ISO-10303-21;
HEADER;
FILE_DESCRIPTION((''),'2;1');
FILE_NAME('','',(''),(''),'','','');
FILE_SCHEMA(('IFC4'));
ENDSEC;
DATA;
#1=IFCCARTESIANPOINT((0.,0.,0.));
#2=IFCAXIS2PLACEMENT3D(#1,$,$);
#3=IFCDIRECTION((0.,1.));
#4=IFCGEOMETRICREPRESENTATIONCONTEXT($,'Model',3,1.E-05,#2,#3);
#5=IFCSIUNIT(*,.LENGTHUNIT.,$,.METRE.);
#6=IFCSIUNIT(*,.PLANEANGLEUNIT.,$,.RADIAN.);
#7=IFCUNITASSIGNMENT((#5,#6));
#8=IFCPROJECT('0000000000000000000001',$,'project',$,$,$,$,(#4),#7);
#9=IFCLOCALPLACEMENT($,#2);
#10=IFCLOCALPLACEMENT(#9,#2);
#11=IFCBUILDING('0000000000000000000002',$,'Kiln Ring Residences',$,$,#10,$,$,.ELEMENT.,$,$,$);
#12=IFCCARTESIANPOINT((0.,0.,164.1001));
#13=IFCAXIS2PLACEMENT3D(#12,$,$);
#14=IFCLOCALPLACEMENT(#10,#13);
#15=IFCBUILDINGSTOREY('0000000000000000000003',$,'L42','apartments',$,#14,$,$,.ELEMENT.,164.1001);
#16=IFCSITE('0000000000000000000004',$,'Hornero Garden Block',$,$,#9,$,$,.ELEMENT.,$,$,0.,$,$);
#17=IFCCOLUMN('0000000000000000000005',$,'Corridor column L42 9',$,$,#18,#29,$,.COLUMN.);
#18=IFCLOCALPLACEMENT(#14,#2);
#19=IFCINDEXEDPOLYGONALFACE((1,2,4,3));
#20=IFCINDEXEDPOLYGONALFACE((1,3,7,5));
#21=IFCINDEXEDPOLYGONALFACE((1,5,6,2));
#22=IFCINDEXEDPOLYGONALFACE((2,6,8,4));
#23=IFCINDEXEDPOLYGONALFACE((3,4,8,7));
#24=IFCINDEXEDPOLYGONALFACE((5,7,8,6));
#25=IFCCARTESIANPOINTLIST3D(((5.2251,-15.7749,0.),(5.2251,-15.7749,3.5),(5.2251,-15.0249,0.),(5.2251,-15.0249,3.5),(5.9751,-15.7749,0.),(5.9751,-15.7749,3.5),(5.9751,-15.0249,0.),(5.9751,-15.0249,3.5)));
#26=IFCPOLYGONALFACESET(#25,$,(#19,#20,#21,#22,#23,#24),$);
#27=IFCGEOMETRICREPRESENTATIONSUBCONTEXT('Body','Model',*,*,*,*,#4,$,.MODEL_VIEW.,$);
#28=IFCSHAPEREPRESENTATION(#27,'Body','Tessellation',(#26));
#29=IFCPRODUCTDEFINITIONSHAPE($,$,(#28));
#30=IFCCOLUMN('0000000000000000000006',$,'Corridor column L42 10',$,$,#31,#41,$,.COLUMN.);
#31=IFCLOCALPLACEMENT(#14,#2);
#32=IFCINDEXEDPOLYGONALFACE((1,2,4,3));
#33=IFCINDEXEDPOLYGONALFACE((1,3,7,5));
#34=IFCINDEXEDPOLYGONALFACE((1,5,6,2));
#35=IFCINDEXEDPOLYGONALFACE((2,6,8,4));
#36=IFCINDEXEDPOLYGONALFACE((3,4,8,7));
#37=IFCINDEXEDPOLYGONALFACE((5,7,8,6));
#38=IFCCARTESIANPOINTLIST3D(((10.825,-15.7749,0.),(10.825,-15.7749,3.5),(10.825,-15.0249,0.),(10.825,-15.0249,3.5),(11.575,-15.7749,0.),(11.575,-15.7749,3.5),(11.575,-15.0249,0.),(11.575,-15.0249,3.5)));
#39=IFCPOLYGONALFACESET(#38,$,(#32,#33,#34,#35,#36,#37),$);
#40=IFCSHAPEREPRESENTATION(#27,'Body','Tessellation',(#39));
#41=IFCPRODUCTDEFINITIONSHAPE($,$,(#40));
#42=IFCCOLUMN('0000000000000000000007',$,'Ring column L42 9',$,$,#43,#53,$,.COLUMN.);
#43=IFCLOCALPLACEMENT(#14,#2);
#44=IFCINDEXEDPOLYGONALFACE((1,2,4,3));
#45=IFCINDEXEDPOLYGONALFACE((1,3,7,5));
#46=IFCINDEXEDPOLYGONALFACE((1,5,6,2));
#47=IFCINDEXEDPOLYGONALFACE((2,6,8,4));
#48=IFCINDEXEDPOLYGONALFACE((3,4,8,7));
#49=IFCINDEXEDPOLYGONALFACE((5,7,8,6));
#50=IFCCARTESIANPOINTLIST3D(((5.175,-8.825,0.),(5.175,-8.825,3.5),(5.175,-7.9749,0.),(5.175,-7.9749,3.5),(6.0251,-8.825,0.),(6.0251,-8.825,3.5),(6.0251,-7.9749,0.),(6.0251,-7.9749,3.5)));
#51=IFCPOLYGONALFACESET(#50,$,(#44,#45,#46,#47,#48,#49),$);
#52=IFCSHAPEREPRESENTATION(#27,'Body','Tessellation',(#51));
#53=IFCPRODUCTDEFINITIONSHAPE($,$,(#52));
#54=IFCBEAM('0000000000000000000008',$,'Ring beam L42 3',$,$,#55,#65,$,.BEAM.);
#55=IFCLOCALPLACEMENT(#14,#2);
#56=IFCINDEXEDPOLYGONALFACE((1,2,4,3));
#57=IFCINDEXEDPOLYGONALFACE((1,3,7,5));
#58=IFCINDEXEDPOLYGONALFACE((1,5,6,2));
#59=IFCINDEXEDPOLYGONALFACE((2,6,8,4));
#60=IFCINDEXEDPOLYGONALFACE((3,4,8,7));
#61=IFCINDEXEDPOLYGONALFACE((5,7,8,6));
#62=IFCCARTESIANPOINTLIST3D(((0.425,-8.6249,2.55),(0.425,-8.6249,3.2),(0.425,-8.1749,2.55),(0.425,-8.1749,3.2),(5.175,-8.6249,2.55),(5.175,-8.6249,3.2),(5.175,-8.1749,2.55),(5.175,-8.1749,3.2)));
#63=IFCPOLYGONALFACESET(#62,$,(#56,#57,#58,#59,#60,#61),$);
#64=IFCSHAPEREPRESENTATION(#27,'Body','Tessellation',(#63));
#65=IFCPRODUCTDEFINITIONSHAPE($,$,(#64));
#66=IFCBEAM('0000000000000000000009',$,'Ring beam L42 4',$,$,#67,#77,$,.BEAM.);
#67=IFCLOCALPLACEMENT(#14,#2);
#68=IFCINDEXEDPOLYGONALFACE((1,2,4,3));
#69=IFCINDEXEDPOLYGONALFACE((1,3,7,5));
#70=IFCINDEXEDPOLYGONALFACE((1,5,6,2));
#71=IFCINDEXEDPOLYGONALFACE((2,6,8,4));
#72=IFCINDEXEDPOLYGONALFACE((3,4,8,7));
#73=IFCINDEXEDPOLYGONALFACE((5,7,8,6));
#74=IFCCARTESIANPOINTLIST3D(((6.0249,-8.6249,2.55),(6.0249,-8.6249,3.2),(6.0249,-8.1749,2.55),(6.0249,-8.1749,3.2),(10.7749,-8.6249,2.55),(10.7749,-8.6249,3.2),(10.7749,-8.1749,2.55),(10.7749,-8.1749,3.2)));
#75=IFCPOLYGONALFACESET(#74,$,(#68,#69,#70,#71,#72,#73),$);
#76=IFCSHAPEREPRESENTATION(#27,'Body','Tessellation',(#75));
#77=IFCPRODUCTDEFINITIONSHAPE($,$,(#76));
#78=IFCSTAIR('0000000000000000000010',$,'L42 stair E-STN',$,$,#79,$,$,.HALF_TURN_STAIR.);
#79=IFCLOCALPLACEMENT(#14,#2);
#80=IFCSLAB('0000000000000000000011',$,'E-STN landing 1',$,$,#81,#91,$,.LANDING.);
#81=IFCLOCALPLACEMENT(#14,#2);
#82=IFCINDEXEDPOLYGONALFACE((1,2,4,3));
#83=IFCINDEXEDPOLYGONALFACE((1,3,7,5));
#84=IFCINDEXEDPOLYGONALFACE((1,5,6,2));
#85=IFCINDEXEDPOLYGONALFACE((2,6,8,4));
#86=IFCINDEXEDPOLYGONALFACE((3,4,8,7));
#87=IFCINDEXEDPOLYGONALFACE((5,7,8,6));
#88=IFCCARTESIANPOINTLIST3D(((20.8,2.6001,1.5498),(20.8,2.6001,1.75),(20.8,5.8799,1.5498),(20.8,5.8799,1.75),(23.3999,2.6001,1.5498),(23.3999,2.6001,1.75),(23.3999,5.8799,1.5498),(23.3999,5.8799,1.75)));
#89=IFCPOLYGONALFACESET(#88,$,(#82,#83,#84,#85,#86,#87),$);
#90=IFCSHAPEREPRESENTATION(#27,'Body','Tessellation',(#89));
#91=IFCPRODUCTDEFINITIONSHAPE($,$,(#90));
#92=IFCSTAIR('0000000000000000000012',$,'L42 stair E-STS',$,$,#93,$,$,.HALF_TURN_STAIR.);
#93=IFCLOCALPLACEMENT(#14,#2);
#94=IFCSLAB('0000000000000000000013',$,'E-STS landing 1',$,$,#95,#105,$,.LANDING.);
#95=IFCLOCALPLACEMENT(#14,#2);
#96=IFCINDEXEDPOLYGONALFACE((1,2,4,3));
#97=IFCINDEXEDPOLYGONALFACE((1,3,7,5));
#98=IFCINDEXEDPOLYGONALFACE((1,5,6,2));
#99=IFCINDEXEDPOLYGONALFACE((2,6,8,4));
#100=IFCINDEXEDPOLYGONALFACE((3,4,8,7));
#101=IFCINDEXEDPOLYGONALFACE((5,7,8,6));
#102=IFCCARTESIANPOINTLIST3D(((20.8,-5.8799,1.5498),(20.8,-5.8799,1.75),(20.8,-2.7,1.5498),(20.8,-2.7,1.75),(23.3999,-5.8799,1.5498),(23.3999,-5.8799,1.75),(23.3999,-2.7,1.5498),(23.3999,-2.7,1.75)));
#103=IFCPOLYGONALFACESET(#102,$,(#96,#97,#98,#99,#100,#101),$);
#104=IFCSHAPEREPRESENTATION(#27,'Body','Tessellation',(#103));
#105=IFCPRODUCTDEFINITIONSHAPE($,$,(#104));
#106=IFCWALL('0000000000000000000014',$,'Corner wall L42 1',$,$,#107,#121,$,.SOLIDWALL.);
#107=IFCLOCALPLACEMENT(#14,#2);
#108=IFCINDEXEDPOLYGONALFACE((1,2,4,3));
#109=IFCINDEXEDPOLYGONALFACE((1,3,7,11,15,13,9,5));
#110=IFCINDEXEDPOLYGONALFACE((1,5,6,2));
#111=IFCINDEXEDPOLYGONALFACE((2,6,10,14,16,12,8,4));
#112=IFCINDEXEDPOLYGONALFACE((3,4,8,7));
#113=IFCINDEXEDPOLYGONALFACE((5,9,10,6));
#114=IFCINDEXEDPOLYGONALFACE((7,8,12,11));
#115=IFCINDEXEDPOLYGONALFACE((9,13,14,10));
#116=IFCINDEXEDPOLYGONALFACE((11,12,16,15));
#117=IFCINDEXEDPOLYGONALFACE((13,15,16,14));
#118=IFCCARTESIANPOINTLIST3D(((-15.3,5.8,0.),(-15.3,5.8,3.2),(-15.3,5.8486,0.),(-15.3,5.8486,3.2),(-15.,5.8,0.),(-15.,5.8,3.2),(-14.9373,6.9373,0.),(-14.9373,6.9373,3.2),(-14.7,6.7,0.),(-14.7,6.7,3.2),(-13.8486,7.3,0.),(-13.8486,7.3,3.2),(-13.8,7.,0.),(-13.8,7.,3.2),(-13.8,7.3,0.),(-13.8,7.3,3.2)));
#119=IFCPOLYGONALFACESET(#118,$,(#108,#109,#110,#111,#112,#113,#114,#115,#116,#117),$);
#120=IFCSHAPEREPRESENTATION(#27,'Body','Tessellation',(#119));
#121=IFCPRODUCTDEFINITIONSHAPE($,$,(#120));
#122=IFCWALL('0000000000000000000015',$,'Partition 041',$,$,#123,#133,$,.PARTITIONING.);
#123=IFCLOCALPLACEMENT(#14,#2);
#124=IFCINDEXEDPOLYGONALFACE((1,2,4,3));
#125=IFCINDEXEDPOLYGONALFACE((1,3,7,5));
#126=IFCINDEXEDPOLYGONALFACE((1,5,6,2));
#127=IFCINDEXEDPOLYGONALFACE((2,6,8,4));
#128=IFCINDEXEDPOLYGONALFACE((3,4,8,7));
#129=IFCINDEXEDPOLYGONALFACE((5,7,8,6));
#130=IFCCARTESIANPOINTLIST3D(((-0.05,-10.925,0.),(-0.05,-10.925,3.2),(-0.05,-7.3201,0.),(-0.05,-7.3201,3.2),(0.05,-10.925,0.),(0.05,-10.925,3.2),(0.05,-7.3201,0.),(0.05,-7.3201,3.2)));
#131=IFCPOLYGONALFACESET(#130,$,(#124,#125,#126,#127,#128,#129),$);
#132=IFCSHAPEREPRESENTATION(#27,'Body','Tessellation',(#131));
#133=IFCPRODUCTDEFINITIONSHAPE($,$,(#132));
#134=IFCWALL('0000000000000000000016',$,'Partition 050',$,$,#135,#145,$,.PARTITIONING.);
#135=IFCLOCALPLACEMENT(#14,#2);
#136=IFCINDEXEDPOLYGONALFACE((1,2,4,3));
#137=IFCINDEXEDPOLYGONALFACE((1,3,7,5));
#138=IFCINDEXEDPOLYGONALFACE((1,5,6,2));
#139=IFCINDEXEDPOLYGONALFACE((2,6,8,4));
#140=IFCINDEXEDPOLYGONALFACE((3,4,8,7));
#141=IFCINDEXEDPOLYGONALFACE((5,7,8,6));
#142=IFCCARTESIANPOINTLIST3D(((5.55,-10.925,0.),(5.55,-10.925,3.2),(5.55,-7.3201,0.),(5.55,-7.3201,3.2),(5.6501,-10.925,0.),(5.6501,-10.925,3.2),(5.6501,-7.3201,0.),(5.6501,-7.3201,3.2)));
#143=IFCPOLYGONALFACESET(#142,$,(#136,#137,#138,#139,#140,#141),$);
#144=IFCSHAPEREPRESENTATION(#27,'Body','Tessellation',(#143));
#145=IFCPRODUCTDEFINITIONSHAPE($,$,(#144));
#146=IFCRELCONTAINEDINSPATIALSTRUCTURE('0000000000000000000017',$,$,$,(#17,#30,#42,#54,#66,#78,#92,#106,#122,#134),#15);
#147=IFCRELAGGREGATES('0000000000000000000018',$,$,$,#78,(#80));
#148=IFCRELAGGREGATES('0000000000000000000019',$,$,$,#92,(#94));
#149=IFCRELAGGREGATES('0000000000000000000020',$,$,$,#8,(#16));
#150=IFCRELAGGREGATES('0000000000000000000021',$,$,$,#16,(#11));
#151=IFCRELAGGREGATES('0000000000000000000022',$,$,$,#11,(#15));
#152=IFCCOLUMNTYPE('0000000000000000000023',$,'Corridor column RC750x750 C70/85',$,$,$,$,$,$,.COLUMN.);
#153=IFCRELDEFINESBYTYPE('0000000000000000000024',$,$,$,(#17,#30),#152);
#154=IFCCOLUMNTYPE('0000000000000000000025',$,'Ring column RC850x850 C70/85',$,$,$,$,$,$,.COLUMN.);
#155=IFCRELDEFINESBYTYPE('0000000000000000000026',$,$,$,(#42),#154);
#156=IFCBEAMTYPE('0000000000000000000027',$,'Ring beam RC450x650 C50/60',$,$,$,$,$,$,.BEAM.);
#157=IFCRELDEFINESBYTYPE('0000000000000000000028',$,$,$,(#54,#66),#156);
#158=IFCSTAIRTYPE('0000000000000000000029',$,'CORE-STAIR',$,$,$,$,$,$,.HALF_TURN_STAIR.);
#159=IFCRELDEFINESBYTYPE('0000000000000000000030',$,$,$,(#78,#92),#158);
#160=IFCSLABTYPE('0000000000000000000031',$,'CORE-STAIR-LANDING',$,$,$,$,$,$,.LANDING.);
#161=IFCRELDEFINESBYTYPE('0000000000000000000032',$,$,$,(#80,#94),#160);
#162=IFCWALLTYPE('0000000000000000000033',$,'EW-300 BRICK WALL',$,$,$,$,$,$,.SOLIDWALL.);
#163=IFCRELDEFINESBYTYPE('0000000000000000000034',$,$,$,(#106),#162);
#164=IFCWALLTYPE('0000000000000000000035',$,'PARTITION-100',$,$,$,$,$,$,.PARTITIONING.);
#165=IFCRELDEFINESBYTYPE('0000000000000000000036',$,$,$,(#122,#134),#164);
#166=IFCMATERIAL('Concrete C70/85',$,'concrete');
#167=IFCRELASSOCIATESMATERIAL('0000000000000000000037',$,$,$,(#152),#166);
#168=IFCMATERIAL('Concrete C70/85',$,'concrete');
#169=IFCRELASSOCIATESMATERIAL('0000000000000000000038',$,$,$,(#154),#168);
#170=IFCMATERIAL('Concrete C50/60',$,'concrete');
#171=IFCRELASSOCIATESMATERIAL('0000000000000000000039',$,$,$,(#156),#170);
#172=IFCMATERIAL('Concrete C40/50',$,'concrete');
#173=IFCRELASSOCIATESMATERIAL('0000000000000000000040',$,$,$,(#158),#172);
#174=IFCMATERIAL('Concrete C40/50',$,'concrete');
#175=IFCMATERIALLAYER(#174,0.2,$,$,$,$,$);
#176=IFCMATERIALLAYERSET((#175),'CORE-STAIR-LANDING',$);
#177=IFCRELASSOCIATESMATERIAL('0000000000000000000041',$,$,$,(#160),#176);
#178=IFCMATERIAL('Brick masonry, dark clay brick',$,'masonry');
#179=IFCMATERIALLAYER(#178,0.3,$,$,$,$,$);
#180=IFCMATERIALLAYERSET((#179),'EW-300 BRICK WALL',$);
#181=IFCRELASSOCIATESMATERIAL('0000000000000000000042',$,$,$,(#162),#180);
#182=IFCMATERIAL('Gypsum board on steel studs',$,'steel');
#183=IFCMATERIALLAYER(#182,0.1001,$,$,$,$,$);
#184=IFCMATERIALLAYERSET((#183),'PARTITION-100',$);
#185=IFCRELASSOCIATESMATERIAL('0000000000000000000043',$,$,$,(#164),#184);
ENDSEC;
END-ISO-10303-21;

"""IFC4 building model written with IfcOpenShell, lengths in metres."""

from ifc_helpers import new_model, si_unit, direction, frame, frame_2d, origin, origin_2d, place, context, subcontext, project, spatial, polyline, rectangle, outline, extrude, material, layer, layer_set, material_profile, profile_set, type_object, element, aggregate, save


model = new_model("IFC4")

# Units and contexts
model_context = context("Model", 3, precision=1e-05, world=origin(), true_north=direction((0.0, 1.0)))
body_context = subcontext(model_context, "Body", "Model", "MODEL_VIEW")
ifc_project = project(units=[si_unit("LENGTHUNIT", "METRE"), si_unit("PLANEANGLEUNIT", "RADIAN")], contexts=[model_context])

# Site, building, storey
site_placement = place(None, origin())
site = spatial("IfcSite", under=ifc_project, at=site_placement, Name="Hornero Garden Block", CompositionType="ELEMENT", RefElevation=0.0)
building_placement = place(site_placement, origin())
building = spatial("IfcBuilding", under=site, at=building_placement, Name="Kiln Ring Residences", CompositionType="ELEMENT")
storey_placement = place(building_placement, frame((0.0, 0.0, 164.1001)))
storey = spatial("IfcBuildingStorey", under=building, at=storey_placement, Name="L42", Description="apartments", CompositionType="ELEMENT", Elevation=164.1001)

# Columns
ifc_material_1 = material(Name="Concrete C70/85", Category="concrete")
ifc_material_profile_1 = material_profile(ifc_material_1, rectangle(XDim=0.75, YDim=0.75, at=origin_2d()), Name="RC750x750")
ifc_profile_set_1 = profile_set([ifc_material_profile_1], Name="Concrete C70/85")
column_type_1 = type_object("IfcColumnType", Name="Corridor column RC750x750 C70/85", PredefinedType="COLUMN", material=ifc_profile_set_1)
for number, where, z_axis, x_axis, name in (
    (1, (5.6001, -15.3999, 0.0), (0.0, 0.0, 1.0), (1.0, 0.0, 0.0), "Corridor column L42 9"),
    (2, (11.2, -15.3999, 0.0), (0.0, 0.0, 1.0), (1.0, 0.0, 0.0), "Corridor column L42 10"),
):
    element("IfcColumn", number, at=place(storey_placement, frame(where, z_axis=z_axis, x_axis=x_axis)), inside=storey, type_object=column_type_1, Name=name, PredefinedType="COLUMN", context=body_context, shape_type="SweptSolid", body=[
        extrude(rectangle(XDim=0.75, YDim=0.75, at=origin_2d()), origin(), (0.0, 0.0, 1.0), 3.5),
    ])
ifc_material_2 = material(Name="Concrete C70/85", Category="concrete")
ifc_material_profile_2 = material_profile(ifc_material_2, rectangle(XDim=0.8501, YDim=0.8501, at=origin_2d()), Name="RC850x850")
ifc_profile_set_2 = profile_set([ifc_material_profile_2], Name="Concrete C70/85")
column_type_2 = type_object("IfcColumnType", Name="Ring column RC850x850 C70/85", PredefinedType="COLUMN", material=ifc_profile_set_2)
column_placement = place(storey_placement, frame((5.6001, -8.3999, 0.0), z_axis=(0.0, 0.0, 1.0), x_axis=(1.0, 0.0, 0.0)))
element("IfcColumn", 3, at=column_placement, inside=storey, type_object=column_type_2, Name="Ring column L42 9", PredefinedType="COLUMN", context=body_context, shape_type="SweptSolid", body=[
    extrude(rectangle(XDim=0.8501, YDim=0.8501, at=origin_2d()), origin(), (0.0, 0.0, 1.0), 3.5),
])

# Beams
ifc_material_3 = material(Name="Concrete C50/60", Category="concrete")
ifc_material_profile_3 = material_profile(ifc_material_3, rectangle(XDim=0.45, YDim=0.6499, at=origin_2d()), Name="RC450x650")
ifc_profile_set_3 = profile_set([ifc_material_profile_3], Name="Concrete C50/60")
beam_type = type_object("IfcBeamType", Name="Ring beam RC450x650 C50/60", PredefinedType="BEAM", material=ifc_profile_set_3)
for number, where, z_axis, x_axis, name in (
    (4, (0.425, -8.3999, 2.875), (1.0, 0.0, 0.0), (0.0, 1.0, 0.0), "Ring beam L42 3"),
    (5, (6.0249, -8.3999, 2.875), (1.0, 0.0, 0.0), (0.0, 1.0, 0.0), "Ring beam L42 4"),
):
    element("IfcBeam", number, at=place(storey_placement, frame(where, z_axis=z_axis, x_axis=x_axis)), inside=storey, type_object=beam_type, Name=name, PredefinedType="BEAM", context=body_context, shape_type="SweptSolid", body=[
        extrude(rectangle(XDim=0.45, YDim=0.6499, at=origin_2d()), origin(), (0.0, 0.0, 1.0), 4.75),
    ])

# Stairs, slabs
ifc_material_4 = material(Name="Concrete C40/50", Category="concrete")
stair_type = type_object("IfcStairType", Name="CORE-STAIR", PredefinedType="HALF_TURN_STAIR", material=ifc_material_4)
placement_1 = place(storey_placement, origin())
stair_1 = element("IfcStair", 6, at=placement_1, inside=storey, type_object=stair_type, Name="L42 stair E-STN", PredefinedType="HALF_TURN_STAIR")
ifc_material_5 = material(Name="Concrete C40/50", Category="concrete")
ifc_layer_1 = layer(ifc_material_5, 0.2)
ifc_layer_set_1 = layer_set([ifc_layer_1], Name="CORE-STAIR-LANDING")
slab_type = type_object("IfcSlabType", Name="CORE-STAIR-LANDING", PredefinedType="LANDING", material=ifc_layer_set_1)
placement_2 = place(storey_placement, frame((0.0, 0.0, 1.5498)))
slab_1 = element("IfcSlab", 7, at=placement_2, type_object=slab_type, Name="E-STN landing 1", PredefinedType="LANDING", context=body_context, shape_type="SweptSolid", body=[
    extrude(outline(polyline([(20.8, 5.8799), (20.8, 2.6001), (23.3999, 2.6001), (23.3999, 5.8799), (20.8, 5.8799)])), origin(), (0.0, 0.0, 1.0), 0.2002),
])
aggregate(stair_1, [slab_1])
stair_2 = element("IfcStair", 8, at=placement_1, inside=storey, type_object=stair_type, Name="L42 stair E-STS", PredefinedType="HALF_TURN_STAIR")
slab_2 = element("IfcSlab", 9, at=placement_2, type_object=slab_type, Name="E-STS landing 1", PredefinedType="LANDING", context=body_context, shape_type="SweptSolid", body=[
    extrude(outline(polyline([(23.3999, -5.8799), (23.3999, -2.7), (20.8, -2.7), (20.8, -5.8799), (23.3999, -5.8799)])), origin(), (0.0, 0.0, 1.0), 0.2002),
])
aggregate(stair_2, [slab_2])

# Walls
ifc_material_6 = material(Name="Brick masonry, dark clay brick", Category="masonry")
ifc_layer_2 = layer(ifc_material_6, 0.3)
ifc_layer_set_2 = layer_set([ifc_layer_2], Name="EW-300 BRICK WALL")
wall_type_1 = type_object("IfcWallType", Name="EW-300 BRICK WALL", PredefinedType="SOLIDWALL", material=ifc_layer_set_2)
element("IfcWall", 10, at=placement_1, inside=storey, type_object=wall_type_1, Name="Corner wall L42 1", PredefinedType="SOLIDWALL", context=body_context, shape_type="SweptSolid", body=[
    extrude(outline(polyline([(-13.8486, 7.3), (-14.9373, 6.9373), (-15.3, 5.8486), (-15.3, 5.8), (-15.0, 5.8), (-14.7, 6.7), (-13.8, 7.0), (-13.8, 7.3), (-13.8486, 7.3)])), origin(), (0.0, 0.0, 1.0), 3.2),
])
ifc_material_7 = material(Name="Gypsum board on steel studs", Category="steel")
ifc_layer_3 = layer(ifc_material_7, 0.1001)
ifc_layer_set_3 = layer_set([ifc_layer_3], Name="PARTITION-100")
wall_type_2 = type_object("IfcWallType", Name="PARTITION-100", PredefinedType="PARTITIONING", material=ifc_layer_set_3)
for number, where, z_axis, x_axis, name in (
    (11, (0.0, -10.925, 0.0), (0.0, 0.0, 1.0), (0.0, 1.0, 0.0), "Partition 041"),
    (12, (5.6001, -10.925, 0.0), (0.0, 0.0, 1.0), (0.0, 1.0, 0.0), "Partition 050"),
):
    element("IfcWall", number, at=place(storey_placement, frame(where, z_axis=z_axis, x_axis=x_axis)), inside=storey, type_object=wall_type_2, Name=name, PredefinedType="PARTITIONING", context=body_context, shape_type="SweptSolid", body=[
        extrude(rectangle(XDim=3.605, YDim=0.1001, at=frame_2d((1.8025, 0.0))), origin(), (0.0, 0.0, 1.0), 3.2),
    ])

save(model, "model.ifc")
